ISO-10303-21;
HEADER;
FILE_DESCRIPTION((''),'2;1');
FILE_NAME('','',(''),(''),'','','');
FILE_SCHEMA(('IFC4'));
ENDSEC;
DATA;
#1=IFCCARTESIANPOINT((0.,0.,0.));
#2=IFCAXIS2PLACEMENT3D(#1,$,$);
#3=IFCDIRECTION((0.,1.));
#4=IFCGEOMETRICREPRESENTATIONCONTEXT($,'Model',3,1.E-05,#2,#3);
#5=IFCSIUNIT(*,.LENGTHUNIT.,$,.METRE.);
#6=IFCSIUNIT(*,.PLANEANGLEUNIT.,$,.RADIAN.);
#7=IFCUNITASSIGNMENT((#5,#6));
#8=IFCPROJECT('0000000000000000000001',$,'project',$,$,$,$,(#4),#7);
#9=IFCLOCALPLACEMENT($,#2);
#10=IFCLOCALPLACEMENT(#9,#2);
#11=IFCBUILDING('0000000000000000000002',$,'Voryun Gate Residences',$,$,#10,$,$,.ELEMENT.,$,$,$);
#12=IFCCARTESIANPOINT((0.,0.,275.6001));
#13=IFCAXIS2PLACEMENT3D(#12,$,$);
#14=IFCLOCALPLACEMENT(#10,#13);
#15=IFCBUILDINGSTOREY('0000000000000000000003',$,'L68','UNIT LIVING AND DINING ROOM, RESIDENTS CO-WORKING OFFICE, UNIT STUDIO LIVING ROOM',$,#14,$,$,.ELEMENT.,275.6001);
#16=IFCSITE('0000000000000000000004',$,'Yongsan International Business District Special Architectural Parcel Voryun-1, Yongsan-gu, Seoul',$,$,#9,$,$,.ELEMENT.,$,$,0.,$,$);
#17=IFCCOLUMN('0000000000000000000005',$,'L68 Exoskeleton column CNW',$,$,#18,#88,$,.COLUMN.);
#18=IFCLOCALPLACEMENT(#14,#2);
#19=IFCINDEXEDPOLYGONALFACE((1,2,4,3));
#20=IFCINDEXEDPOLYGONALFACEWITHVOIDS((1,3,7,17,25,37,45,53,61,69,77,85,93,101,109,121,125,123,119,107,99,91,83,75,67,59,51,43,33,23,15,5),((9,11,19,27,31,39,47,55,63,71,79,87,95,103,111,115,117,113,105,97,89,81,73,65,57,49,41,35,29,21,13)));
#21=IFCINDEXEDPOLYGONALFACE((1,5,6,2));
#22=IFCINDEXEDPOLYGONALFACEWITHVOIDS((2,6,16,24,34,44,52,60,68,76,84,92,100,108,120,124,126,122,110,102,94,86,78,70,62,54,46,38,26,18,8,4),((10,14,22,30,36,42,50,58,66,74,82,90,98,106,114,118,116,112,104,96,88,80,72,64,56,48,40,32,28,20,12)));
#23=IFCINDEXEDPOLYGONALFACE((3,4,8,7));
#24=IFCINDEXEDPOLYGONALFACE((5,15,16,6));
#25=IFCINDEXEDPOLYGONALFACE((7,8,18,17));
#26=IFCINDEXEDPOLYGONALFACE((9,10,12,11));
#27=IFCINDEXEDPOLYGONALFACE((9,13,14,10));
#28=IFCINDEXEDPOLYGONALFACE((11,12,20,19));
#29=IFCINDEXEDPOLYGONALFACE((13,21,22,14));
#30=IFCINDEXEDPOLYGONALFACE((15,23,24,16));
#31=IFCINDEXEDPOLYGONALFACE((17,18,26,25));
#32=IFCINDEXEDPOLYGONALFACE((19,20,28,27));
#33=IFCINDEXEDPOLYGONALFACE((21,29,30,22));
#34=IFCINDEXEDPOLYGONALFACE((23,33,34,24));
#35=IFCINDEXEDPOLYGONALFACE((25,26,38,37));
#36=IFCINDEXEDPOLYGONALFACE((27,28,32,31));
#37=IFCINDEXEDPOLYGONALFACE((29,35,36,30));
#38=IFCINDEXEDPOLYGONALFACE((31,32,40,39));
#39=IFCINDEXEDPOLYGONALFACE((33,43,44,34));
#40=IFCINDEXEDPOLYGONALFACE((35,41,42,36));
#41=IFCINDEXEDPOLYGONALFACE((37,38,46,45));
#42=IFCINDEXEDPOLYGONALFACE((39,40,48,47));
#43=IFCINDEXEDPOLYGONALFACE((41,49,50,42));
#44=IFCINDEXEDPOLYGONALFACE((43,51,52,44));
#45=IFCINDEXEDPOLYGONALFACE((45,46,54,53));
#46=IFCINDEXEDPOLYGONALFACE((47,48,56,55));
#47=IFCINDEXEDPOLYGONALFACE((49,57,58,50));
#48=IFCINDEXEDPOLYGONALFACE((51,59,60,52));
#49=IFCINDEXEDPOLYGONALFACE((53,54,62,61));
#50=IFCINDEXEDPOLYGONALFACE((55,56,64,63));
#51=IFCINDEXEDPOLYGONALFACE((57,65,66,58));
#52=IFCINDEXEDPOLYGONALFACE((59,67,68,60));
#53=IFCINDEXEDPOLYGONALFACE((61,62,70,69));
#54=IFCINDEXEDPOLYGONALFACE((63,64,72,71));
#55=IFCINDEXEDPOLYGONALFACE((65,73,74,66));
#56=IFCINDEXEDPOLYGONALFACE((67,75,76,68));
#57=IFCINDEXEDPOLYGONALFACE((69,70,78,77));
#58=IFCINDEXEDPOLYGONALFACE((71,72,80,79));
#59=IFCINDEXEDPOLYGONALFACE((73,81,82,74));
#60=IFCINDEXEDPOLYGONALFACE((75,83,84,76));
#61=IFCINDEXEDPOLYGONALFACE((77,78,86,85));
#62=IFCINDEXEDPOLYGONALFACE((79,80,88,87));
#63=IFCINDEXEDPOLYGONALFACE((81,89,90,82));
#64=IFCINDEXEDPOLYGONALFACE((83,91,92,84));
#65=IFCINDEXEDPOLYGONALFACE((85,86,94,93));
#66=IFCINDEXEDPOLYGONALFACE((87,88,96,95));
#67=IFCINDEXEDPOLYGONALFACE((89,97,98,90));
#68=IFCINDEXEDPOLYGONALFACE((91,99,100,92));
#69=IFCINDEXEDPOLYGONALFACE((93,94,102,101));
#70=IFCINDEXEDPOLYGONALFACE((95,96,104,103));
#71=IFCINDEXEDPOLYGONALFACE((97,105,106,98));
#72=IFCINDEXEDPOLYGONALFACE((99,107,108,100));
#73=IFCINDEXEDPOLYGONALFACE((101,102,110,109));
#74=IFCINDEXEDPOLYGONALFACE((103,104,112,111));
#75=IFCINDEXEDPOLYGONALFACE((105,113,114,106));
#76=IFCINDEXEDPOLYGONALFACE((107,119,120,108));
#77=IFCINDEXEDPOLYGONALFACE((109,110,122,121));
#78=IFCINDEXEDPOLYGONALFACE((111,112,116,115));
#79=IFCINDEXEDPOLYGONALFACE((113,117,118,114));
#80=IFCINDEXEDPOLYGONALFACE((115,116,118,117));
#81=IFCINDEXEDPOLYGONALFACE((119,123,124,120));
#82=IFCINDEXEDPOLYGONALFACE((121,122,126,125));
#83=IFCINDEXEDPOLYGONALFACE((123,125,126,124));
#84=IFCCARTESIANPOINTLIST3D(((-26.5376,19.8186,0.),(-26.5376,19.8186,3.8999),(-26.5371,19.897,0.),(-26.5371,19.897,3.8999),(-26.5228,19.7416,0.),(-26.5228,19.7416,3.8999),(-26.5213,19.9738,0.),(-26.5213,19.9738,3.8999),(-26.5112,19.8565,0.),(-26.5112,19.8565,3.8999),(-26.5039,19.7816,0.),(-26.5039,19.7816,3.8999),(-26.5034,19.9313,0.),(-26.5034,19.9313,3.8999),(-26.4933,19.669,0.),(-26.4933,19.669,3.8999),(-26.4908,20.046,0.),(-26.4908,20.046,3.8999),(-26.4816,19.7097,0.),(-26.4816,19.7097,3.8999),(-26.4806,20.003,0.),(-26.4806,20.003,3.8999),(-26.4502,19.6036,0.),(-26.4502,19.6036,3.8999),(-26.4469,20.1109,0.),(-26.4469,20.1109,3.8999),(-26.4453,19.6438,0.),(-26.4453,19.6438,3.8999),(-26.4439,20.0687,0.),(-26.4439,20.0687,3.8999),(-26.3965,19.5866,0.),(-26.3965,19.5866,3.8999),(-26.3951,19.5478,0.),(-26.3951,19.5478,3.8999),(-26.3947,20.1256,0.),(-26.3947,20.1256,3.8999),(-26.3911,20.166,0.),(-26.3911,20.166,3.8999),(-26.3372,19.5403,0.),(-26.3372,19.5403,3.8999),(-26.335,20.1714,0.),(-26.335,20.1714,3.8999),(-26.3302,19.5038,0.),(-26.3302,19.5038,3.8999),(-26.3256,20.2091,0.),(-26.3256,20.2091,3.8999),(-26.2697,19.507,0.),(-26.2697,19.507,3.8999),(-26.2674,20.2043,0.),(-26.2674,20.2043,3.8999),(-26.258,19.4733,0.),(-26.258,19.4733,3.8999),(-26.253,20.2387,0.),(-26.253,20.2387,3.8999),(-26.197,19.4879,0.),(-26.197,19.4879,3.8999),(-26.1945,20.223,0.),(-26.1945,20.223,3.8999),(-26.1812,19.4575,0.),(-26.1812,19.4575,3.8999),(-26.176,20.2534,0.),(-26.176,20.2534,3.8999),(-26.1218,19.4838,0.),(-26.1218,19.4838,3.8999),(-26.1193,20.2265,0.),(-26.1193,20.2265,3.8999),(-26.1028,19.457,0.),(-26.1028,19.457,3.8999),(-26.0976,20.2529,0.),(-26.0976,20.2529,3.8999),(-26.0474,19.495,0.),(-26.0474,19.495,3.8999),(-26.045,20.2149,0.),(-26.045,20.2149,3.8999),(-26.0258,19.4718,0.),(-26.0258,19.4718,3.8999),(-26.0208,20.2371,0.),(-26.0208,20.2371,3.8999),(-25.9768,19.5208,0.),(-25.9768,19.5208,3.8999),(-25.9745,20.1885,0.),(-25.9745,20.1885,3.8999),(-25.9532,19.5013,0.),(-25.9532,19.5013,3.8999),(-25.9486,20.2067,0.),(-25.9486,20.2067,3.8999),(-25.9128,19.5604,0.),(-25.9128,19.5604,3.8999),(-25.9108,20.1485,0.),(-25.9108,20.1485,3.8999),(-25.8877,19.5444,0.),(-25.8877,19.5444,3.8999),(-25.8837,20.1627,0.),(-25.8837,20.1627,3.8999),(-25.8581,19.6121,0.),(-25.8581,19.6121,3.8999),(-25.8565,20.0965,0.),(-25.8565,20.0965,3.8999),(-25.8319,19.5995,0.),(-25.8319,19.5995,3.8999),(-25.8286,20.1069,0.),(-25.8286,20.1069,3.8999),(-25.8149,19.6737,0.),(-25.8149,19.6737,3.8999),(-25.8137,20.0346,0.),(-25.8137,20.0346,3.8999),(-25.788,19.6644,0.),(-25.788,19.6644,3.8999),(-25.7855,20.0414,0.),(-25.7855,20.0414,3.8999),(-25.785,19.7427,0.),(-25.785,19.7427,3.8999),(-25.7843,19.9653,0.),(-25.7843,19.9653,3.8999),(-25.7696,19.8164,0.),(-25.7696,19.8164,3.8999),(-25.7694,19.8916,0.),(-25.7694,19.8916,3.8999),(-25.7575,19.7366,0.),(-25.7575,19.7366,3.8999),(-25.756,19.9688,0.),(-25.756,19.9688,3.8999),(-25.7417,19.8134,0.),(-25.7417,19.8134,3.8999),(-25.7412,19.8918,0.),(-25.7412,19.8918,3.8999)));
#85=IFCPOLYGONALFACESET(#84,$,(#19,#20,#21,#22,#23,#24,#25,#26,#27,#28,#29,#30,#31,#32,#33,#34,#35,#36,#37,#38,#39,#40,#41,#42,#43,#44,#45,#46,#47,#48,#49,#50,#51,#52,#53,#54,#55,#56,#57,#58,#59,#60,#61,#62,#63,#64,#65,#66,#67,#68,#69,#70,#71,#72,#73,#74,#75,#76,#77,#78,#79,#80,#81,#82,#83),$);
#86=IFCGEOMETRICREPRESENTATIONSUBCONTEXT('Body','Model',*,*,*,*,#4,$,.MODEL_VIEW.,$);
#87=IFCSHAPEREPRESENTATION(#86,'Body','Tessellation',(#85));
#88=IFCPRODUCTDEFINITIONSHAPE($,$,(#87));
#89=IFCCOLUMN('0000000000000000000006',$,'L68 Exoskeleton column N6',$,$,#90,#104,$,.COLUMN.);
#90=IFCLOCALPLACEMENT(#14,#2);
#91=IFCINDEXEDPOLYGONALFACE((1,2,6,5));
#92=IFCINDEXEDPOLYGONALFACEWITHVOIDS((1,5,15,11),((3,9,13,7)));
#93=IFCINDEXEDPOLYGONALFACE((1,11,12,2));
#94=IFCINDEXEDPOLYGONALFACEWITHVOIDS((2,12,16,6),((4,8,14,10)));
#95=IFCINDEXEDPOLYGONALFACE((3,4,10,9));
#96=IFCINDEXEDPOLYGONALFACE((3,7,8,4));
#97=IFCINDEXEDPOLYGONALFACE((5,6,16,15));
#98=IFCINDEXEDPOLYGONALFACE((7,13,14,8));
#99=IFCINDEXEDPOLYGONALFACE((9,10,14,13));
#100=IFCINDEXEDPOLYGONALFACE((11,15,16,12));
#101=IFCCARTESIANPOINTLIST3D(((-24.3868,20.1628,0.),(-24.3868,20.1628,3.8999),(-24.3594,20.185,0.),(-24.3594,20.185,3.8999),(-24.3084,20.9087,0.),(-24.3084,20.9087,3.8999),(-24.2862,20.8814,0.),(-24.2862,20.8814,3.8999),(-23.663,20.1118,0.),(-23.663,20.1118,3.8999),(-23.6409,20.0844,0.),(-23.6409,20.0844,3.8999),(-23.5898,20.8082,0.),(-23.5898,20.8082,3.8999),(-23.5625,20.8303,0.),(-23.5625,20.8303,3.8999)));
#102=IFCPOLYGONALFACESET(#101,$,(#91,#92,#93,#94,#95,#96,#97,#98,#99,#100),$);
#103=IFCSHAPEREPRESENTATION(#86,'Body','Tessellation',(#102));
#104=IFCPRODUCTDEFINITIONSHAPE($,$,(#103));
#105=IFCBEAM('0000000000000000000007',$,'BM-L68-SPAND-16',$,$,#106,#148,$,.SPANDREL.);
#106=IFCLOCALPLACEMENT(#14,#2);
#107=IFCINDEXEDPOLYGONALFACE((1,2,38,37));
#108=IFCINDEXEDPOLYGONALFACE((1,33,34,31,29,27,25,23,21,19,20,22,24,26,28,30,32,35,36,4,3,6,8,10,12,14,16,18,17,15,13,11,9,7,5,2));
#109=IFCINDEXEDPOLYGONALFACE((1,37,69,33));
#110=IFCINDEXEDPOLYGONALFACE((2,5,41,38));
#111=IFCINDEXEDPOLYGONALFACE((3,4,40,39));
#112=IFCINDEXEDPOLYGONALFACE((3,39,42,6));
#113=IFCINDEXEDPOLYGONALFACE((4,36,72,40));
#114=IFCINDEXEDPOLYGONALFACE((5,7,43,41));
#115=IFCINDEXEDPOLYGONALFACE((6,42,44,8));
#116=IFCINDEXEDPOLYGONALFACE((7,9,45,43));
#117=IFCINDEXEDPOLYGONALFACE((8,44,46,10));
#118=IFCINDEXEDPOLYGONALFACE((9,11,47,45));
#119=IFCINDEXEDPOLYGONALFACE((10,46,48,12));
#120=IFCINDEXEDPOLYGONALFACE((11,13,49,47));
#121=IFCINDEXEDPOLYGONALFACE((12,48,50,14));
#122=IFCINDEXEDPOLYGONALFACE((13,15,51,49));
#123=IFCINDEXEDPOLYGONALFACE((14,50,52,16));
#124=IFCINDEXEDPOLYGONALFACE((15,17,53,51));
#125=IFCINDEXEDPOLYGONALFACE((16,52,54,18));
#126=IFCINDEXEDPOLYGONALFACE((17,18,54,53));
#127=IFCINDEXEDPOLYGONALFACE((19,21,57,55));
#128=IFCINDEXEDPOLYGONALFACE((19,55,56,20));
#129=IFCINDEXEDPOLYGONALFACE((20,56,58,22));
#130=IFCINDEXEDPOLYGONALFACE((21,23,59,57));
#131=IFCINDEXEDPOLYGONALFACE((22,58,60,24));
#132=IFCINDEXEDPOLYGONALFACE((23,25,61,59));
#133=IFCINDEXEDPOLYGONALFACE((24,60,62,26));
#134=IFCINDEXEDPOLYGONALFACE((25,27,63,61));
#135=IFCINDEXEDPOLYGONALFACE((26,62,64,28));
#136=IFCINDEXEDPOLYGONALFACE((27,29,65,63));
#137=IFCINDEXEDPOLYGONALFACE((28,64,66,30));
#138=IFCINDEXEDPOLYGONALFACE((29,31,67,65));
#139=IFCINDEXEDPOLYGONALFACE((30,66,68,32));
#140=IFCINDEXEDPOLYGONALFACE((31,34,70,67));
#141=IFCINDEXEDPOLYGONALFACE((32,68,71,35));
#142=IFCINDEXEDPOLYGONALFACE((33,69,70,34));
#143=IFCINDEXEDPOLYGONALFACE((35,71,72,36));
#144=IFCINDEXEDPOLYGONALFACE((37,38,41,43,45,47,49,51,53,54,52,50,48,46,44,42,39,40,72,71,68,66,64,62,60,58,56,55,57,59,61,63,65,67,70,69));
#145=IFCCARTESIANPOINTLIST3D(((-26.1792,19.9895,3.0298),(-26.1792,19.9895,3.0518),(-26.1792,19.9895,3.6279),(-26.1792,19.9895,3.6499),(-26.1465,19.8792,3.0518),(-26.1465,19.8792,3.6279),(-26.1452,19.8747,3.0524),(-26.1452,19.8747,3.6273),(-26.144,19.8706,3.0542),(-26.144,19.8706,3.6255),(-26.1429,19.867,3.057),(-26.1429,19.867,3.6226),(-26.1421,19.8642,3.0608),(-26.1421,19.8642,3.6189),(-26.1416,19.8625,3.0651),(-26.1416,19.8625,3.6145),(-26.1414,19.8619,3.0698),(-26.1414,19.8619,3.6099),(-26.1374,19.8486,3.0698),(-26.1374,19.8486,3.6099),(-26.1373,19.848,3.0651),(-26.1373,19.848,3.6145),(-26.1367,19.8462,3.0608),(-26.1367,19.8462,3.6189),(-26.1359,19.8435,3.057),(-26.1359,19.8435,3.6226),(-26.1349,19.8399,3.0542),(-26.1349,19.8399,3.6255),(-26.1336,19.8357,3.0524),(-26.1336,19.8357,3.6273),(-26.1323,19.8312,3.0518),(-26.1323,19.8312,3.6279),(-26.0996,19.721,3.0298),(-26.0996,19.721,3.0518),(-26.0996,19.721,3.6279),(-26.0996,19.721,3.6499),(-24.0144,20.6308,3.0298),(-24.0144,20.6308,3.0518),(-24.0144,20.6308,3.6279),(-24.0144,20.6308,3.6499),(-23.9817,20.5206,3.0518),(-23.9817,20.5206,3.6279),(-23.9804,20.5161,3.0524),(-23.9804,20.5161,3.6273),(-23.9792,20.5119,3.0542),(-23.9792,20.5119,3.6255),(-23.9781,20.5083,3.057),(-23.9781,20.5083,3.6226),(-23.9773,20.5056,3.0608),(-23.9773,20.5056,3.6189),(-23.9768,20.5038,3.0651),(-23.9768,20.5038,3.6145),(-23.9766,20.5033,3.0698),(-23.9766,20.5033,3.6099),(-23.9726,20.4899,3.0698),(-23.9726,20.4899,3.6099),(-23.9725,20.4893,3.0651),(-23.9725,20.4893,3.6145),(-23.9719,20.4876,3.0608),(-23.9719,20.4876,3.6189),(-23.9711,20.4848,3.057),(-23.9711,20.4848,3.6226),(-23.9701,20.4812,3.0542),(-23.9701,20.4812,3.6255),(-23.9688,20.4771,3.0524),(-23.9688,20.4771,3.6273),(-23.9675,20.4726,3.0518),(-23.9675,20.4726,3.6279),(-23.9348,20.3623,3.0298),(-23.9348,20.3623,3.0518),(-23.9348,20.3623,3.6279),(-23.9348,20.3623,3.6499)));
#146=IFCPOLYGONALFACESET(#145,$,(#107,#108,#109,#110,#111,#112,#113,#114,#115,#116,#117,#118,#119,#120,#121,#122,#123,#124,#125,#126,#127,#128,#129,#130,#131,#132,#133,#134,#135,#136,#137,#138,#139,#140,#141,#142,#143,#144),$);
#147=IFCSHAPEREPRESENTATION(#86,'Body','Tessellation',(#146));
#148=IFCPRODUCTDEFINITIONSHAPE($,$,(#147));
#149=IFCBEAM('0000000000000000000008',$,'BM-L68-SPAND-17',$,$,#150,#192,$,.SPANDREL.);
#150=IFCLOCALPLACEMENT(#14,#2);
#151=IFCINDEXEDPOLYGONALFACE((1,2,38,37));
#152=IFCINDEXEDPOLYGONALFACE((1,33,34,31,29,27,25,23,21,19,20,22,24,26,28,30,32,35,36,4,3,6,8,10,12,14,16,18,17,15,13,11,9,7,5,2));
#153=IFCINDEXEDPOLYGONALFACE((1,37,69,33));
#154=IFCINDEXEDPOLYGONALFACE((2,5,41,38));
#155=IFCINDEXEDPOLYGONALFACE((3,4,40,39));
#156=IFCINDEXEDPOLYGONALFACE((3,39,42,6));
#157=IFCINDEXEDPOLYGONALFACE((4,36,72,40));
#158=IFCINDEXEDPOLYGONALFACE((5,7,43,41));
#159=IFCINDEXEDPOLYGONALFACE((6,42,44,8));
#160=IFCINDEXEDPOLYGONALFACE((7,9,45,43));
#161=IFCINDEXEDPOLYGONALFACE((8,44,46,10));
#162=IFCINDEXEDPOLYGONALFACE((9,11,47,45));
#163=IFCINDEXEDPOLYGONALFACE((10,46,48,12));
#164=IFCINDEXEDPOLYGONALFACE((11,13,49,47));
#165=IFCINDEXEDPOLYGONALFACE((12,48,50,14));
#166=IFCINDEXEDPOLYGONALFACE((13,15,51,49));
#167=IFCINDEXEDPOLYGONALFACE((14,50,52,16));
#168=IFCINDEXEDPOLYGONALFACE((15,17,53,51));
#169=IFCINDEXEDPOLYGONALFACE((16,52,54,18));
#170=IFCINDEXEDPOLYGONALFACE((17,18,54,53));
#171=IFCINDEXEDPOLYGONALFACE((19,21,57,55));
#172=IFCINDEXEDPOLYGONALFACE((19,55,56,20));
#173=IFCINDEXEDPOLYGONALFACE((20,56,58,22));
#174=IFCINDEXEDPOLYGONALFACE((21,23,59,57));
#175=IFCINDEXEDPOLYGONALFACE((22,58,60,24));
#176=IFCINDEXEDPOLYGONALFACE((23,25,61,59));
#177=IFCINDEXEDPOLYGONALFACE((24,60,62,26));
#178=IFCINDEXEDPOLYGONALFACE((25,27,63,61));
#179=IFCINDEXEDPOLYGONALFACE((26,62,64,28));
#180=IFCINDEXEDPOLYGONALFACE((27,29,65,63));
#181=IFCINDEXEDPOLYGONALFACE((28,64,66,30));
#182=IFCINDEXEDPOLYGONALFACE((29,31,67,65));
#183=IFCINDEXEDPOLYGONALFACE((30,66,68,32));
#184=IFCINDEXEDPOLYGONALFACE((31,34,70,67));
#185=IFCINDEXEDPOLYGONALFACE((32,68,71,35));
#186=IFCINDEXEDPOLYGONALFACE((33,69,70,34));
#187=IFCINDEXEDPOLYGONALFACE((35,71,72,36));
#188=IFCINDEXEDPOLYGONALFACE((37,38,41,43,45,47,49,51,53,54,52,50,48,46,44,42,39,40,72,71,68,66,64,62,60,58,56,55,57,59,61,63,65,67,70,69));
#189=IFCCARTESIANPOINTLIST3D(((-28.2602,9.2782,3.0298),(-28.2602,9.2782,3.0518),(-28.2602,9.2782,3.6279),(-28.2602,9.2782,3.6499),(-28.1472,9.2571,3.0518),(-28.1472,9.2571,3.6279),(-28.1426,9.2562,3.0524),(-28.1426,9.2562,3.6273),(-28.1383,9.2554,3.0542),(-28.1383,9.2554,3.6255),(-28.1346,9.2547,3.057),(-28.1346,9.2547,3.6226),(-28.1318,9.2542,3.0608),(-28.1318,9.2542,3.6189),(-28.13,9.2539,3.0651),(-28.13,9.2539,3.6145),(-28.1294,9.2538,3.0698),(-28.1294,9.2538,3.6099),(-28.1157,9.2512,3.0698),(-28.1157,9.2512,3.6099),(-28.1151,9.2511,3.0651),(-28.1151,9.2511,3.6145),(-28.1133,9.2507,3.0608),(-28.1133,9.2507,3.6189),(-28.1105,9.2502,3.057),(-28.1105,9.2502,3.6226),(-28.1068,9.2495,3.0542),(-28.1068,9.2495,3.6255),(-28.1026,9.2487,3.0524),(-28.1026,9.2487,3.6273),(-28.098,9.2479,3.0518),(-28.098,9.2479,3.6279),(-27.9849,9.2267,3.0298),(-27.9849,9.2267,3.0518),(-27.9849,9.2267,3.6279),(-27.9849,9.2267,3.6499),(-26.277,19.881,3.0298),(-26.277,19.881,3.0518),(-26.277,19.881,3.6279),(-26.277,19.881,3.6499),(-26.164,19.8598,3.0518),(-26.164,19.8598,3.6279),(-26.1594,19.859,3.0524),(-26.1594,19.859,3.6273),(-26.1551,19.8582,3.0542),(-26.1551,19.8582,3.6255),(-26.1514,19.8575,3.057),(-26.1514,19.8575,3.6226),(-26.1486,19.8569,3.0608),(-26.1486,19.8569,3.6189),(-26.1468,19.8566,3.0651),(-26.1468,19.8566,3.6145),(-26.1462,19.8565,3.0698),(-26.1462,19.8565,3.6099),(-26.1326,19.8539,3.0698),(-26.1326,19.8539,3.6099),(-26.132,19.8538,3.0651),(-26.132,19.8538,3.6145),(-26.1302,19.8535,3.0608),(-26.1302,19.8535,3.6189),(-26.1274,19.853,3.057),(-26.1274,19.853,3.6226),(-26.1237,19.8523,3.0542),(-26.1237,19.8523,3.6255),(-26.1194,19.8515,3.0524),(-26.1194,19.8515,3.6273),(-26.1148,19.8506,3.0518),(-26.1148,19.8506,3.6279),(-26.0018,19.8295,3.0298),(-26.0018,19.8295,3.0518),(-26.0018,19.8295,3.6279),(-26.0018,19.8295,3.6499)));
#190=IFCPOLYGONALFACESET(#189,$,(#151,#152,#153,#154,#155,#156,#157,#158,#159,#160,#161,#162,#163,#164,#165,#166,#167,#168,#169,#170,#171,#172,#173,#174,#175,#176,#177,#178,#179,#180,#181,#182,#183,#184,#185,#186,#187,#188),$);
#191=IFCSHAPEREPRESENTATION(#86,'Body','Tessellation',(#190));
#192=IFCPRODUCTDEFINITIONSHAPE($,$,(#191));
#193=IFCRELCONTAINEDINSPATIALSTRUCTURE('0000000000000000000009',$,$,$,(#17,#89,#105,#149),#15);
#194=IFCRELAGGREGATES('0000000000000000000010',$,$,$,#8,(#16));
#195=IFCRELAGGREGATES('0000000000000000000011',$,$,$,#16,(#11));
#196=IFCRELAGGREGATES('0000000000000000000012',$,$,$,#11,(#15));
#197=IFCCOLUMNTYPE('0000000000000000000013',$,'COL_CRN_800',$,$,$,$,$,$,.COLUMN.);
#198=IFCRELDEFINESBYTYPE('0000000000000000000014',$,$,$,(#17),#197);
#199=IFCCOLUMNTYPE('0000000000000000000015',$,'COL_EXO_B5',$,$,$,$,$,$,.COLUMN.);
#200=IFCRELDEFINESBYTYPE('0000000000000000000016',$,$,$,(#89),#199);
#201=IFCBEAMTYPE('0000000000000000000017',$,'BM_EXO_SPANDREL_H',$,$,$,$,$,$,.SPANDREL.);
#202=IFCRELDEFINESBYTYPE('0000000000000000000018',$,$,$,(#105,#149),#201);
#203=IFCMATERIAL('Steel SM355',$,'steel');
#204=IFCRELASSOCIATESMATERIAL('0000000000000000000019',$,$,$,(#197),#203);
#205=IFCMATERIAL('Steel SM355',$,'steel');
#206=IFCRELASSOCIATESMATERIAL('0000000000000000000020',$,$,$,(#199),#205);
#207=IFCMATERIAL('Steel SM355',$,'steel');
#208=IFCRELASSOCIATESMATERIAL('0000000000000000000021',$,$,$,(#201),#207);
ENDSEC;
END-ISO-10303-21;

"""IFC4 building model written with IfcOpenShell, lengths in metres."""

from ifc_helpers import new_model, si_unit, direction, frame, origin, origin_2d, place, context, subcontext, project, spatial, hollow_rectangle, hollow_circle, i_section, extrude, material, material_profile, profile_set, type_object, element, save


model = new_model("IFC4")

# Units and contexts
model_context = context("Model", 3, precision=1e-05, world=origin(), true_north=direction((0.0, 1.0)))
body_context = subcontext(model_context, "Body", "Model", "MODEL_VIEW")
ifc_project = project(units=[si_unit("LENGTHUNIT", "METRE"), si_unit("PLANEANGLEUNIT", "RADIAN")], contexts=[model_context])

# Site, building, storey
site_placement = place(None, origin())
site = spatial("IfcSite", under=ifc_project, at=site_placement, Name="Yongsan International Business District Special Architectural Parcel Voryun-1, Yongsan-gu, Seoul", CompositionType="ELEMENT", RefElevation=0.0)
building_placement = place(site_placement, origin())
building = spatial("IfcBuilding", under=site, at=building_placement, Name="Voryun Gate Residences", CompositionType="ELEMENT")
storey_placement = place(building_placement, frame((0.0, 0.0, 275.6001)))
storey = spatial("IfcBuildingStorey", under=building, at=storey_placement, Name="L68", Description="UNIT LIVING AND DINING ROOM, RESIDENTS CO-WORKING OFFICE, UNIT STUDIO LIVING ROOM", CompositionType="ELEMENT", Elevation=275.6001)

# Columns
ifc_material_1 = material(Name="Steel SM355", Category="steel")
ifc_material_profile_1 = material_profile(ifc_material_1, hollow_circle(Radius=0.3999, WallThickness=0.0281, at=origin_2d()), Name="CHS-800x28")
ifc_profile_set_1 = profile_set([ifc_material_profile_1], Name="Steel SM355")
column_type_1 = type_object("IfcColumnType", Name="COL_CRN_800", PredefinedType="COLUMN", material=ifc_profile_set_1)
column_1_placement = place(storey_placement, frame((-26.1394, 19.8552, 0.0), z_axis=(0.0, 0.0, 1.0), x_axis=(0.994522, -0.104528, 0.0)))
element("IfcColumn", 1, at=column_1_placement, inside=storey, type_object=column_type_1, Name="L68 Exoskeleton column CNW", PredefinedType="COLUMN", context=body_context, shape_type="SweptSolid", body=[
    extrude(hollow_circle(Radius=0.3999, WallThickness=0.0281, at=origin_2d()), origin(), (0.0, 0.0, 1.0), 3.8999),
])
ifc_material_2 = material(Name="Steel SM355", Category="steel")
ifc_material_profile_2 = material_profile(ifc_material_2, hollow_rectangle(XDim=0.75, YDim=0.75, WallThickness=0.0249, at=origin_2d()), Name="BOX-750x750x25")
ifc_profile_set_2 = profile_set([ifc_material_profile_2], Name="Steel SM355")
column_type_2 = type_object("IfcColumnType", Name="COL_EXO_B5", PredefinedType="COLUMN", material=ifc_profile_set_2)
column_2_placement = place(storey_placement, frame((-23.9746, 20.4966, 0.0), z_axis=(0.0, 0.0, 1.0), x_axis=(0.994522, -0.104528, 0.0)))
element("IfcColumn", 2, at=column_2_placement, inside=storey, type_object=column_type_2, Name="L68 Exoskeleton column N6", PredefinedType="COLUMN", context=body_context, shape_type="SweptSolid", body=[
    extrude(hollow_rectangle(XDim=0.75, YDim=0.75, WallThickness=0.0249, at=origin_2d()), origin(), (0.0, 0.0, 1.0), 3.8999),
])

# Beams
ifc_material_3 = material(Name="Steel SM355", Category="steel")
ifc_material_profile_3 = material_profile(ifc_material_3, i_section(OverallWidth=0.28, OverallDepth=0.6201, WebThickness=0.0139, FlangeThickness=0.022, FilletRadius=0.0181, at=origin_2d()), Name="H-620x280x14x22")
ifc_profile_set_3 = profile_set([ifc_material_profile_3], Name="Steel SM355")
beam_type = type_object("IfcBeamType", Name="BM_EXO_SPANDREL_H", PredefinedType="SPANDREL", material=ifc_profile_set_3)
beam_1_placement = place(storey_placement, frame((-23.9746, 20.4966, 3.3398), z_axis=(-0.958806, -0.284063, 0.0), x_axis=(0.284063, -0.958806, 0.0)))
element("IfcBeam", 3, at=beam_1_placement, inside=storey, type_object=beam_type, Name="BM-L68-SPAND-16", PredefinedType="SPANDREL", context=body_context, shape_type="SweptSolid", body=[
    extrude(i_section(OverallWidth=0.28, OverallDepth=0.6201, WebThickness=0.0139, FlangeThickness=0.022, FilletRadius=0.0181, at=origin_2d()), origin(), (0.0, 0.0, 1.0), 2.2578),
])
beam_2_placement = place(storey_placement, frame((-26.1394, 19.8552, 3.3398), z_axis=(-0.183853, -0.982954, 0.0), x_axis=(0.982954, -0.183853, 0.0)))
element("IfcBeam", 4, at=beam_2_placement, inside=storey, type_object=beam_type, Name="BM-L68-SPAND-17", PredefinedType="SPANDREL", context=body_context, shape_type="SweptSolid", body=[
    extrude(i_section(OverallWidth=0.28, OverallDepth=0.6201, WebThickness=0.0139, FlangeThickness=0.022, FilletRadius=0.0181, at=origin_2d()), origin(), (0.0, 0.0, 1.0), 10.7866),
])

save(model, "model.ifc")
